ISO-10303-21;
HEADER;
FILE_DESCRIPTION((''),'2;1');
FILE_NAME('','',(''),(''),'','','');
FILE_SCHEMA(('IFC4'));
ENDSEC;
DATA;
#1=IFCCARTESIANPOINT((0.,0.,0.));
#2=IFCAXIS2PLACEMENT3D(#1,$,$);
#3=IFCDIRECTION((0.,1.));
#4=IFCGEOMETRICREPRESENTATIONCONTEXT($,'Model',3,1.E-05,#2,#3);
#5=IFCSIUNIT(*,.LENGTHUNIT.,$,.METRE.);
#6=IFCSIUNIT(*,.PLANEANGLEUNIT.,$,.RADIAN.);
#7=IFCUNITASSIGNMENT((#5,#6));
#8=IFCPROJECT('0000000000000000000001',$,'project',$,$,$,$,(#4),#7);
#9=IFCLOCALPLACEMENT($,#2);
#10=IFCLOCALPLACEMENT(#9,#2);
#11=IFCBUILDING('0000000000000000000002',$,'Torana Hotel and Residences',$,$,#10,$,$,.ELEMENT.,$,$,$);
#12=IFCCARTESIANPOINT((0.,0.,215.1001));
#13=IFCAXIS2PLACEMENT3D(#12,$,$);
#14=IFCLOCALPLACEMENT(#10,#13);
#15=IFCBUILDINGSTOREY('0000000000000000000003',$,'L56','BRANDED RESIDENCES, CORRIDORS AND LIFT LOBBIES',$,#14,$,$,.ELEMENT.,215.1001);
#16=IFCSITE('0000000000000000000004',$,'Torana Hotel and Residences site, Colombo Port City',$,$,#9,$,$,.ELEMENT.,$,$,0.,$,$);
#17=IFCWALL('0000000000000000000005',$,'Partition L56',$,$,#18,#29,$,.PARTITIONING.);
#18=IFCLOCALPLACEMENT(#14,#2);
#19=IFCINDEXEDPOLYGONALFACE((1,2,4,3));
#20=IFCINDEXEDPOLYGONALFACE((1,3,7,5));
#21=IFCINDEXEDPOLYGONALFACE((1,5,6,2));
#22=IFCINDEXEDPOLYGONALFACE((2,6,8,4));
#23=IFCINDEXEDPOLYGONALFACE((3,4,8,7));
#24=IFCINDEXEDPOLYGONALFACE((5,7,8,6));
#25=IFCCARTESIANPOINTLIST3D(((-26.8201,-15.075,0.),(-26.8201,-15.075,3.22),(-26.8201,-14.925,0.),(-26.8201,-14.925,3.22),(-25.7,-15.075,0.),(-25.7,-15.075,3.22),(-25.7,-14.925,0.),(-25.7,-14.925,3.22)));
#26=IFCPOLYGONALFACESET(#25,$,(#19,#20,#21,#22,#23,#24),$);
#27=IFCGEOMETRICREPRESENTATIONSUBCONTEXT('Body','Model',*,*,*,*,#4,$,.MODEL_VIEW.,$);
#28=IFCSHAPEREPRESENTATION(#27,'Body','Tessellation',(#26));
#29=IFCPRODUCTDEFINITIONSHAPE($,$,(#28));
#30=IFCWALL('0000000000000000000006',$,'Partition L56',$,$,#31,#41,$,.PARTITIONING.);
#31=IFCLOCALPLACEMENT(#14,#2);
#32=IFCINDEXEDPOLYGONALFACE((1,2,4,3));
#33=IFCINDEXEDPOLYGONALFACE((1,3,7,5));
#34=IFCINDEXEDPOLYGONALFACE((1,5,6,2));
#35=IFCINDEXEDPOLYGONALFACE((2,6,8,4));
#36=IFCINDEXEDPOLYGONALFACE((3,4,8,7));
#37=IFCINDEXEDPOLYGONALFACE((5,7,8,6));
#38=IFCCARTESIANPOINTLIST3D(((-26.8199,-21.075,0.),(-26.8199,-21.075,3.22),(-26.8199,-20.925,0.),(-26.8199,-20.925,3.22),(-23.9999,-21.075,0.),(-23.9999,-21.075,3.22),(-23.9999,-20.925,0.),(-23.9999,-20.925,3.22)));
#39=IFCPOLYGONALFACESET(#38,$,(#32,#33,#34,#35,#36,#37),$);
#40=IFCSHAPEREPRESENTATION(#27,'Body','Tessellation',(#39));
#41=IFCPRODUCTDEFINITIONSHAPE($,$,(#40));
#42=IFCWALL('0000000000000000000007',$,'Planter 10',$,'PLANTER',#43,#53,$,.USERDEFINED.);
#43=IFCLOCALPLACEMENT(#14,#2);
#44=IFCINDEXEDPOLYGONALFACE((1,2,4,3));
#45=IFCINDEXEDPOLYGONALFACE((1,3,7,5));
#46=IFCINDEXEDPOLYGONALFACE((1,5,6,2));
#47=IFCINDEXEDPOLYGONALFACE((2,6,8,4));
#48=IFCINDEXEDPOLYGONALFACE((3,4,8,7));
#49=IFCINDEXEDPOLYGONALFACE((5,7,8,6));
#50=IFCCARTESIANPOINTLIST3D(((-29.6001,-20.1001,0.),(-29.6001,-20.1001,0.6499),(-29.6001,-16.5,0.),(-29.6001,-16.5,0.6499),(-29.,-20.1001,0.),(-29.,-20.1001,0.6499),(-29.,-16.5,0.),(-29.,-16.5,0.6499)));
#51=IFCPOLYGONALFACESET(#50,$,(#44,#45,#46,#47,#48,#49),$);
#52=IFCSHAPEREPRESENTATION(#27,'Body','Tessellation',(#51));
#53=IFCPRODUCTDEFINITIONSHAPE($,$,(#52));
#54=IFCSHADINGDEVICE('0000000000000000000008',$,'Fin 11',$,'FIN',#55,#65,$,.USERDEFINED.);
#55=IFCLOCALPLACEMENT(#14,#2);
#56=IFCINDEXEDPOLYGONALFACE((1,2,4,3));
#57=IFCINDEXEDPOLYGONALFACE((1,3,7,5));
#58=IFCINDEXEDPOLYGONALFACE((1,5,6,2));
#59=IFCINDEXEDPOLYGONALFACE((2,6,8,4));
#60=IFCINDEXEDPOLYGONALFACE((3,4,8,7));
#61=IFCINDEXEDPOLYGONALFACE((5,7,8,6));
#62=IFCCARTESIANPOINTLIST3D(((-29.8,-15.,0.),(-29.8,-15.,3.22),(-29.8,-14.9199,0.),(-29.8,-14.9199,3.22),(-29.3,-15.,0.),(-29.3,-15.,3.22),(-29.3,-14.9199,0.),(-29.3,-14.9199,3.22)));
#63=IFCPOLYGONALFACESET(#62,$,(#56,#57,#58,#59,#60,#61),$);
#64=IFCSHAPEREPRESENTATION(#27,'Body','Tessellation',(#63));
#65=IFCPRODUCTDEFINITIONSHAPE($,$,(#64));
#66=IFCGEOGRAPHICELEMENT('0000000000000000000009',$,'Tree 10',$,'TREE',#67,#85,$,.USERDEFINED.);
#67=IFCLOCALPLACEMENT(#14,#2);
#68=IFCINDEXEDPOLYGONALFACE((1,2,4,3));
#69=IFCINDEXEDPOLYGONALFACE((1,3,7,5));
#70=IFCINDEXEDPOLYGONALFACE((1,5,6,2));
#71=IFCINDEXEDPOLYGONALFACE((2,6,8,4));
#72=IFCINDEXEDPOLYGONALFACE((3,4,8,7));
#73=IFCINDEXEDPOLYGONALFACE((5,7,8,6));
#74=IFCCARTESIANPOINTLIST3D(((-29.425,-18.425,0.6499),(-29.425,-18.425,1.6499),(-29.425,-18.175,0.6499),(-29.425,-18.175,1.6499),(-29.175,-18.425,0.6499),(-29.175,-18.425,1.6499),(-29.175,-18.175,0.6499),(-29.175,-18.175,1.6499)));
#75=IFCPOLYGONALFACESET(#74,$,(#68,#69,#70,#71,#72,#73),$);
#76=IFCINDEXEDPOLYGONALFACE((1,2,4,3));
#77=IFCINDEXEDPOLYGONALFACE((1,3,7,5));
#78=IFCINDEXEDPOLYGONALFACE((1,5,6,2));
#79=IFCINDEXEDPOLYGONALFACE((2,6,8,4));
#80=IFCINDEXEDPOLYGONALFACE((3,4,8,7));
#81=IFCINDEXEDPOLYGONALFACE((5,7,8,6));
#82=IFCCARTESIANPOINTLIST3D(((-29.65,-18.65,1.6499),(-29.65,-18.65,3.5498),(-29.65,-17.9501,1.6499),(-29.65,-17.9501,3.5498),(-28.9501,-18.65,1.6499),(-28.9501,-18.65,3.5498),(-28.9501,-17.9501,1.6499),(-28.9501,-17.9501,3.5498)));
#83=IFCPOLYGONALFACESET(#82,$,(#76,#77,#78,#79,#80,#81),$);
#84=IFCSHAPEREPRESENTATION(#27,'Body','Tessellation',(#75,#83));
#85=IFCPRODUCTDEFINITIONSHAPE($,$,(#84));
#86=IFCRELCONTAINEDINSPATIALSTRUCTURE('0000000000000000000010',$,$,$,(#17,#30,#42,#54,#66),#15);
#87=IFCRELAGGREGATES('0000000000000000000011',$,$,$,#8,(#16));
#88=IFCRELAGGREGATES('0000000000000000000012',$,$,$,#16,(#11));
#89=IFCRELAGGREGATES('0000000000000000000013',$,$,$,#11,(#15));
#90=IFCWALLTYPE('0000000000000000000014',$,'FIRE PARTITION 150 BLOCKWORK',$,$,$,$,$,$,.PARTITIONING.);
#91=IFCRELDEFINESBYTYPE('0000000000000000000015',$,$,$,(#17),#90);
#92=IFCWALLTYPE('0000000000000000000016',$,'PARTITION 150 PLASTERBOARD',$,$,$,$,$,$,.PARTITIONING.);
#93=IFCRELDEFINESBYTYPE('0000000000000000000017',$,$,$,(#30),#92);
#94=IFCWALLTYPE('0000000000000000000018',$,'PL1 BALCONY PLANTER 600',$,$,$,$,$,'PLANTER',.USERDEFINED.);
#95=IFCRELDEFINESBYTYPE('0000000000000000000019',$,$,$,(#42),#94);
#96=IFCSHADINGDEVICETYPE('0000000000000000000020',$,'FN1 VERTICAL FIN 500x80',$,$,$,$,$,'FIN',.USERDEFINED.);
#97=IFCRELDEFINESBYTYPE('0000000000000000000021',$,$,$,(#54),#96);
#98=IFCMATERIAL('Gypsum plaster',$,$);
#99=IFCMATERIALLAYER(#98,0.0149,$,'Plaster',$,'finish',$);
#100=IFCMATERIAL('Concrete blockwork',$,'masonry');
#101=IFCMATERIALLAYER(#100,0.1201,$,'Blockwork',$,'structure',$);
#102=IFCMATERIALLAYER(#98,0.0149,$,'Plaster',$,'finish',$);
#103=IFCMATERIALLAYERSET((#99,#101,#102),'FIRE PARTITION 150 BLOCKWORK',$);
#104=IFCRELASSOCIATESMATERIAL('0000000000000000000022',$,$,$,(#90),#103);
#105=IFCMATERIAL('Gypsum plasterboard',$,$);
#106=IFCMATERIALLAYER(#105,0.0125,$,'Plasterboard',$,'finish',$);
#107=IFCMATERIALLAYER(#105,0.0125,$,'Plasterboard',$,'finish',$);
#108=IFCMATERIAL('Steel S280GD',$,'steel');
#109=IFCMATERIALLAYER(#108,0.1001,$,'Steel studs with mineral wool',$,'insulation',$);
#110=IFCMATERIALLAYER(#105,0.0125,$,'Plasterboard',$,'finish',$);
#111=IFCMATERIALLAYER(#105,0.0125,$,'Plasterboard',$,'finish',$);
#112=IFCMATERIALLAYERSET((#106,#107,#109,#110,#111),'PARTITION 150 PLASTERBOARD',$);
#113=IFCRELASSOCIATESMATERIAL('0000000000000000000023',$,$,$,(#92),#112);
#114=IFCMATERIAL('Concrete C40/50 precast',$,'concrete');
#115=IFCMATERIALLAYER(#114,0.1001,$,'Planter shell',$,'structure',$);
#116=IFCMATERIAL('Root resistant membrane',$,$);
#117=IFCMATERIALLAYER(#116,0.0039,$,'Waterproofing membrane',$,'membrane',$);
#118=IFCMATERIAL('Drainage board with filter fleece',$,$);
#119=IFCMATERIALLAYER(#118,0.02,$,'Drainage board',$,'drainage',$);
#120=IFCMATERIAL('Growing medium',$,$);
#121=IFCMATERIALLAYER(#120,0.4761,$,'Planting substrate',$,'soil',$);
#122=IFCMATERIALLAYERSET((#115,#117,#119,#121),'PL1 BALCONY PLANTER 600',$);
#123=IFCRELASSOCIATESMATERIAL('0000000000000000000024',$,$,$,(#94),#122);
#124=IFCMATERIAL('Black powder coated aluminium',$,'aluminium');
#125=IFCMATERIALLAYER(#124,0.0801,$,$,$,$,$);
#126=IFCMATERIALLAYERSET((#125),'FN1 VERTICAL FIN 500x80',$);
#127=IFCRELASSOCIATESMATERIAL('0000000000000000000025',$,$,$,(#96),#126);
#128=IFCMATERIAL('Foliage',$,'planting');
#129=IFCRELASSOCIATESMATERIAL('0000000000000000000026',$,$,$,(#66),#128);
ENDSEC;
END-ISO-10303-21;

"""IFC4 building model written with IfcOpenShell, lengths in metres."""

from ifc_helpers import new_model, si_unit, direction, frame, frame_2d, origin, origin_2d, place, context, subcontext, project, spatial, rectangle, extrude, material, layer, layer_set, type_object, element, save


model = new_model("IFC4")

# Units and contexts
model_context = context("Model", 3, precision=1e-05, world=origin(), true_north=direction((0.0, 1.0)))
body_context = subcontext(model_context, "Body", "Model", "MODEL_VIEW")
ifc_project = project(units=[si_unit("LENGTHUNIT", "METRE"), si_unit("PLANEANGLEUNIT", "RADIAN")], contexts=[model_context])

# Site, building, storey
site_placement = place(None, origin())
site = spatial("IfcSite", under=ifc_project, at=site_placement, Name="Torana Hotel and Residences site, Colombo Port City", CompositionType="ELEMENT", RefElevation=0.0)
building_placement = place(site_placement, origin())
building = spatial("IfcBuilding", under=site, at=building_placement, Name="Torana Hotel and Residences", CompositionType="ELEMENT")
storey_placement = place(building_placement, frame((0.0, 0.0, 215.1001)))
storey = spatial("IfcBuildingStorey", under=building, at=storey_placement, Name="L56", Description="BRANDED RESIDENCES, CORRIDORS AND LIFT LOBBIES", CompositionType="ELEMENT", Elevation=215.1001)

# Shared definitions
ifc_material_1 = material(Name="Gypsum plaster")
ifc_layer_1 = layer(ifc_material_1, 0.0149, Name="Plaster", Category="finish")
ifc_material_2 = material(Name="Concrete blockwork", Category="masonry")
ifc_layer_2 = layer(ifc_material_2, 0.1201, Name="Blockwork", Category="structure")
ifc_layer_3 = layer(ifc_material_1, 0.0149, Name="Plaster", Category="finish")
ifc_layer_set_1 = layer_set([ifc_layer_1, ifc_layer_2, ifc_layer_3], Name="FIRE PARTITION 150 BLOCKWORK")
wall_type_1 = type_object("IfcWallType", Name="FIRE PARTITION 150 BLOCKWORK", PredefinedType="PARTITIONING", material=ifc_layer_set_1)

# Walls
wall_1_placement = place(storey_placement, frame((-26.8201, -15.0, 0.0), z_axis=(0.0, 0.0, 1.0), x_axis=(1.0, 0.0, 0.0)))
element("IfcWall", 1, at=wall_1_placement, inside=storey, type_object=wall_type_1, Name="Partition L56", PredefinedType="PARTITIONING", context=body_context, shape_type="SweptSolid", body=[
    extrude(rectangle(XDim=1.1201, YDim=0.1499, at=frame_2d((0.5601, 0.0))), origin(), (0.0, 0.0, 1.0), 3.22),
])
ifc_material_3 = material(Name="Gypsum plasterboard")
ifc_layer_4 = layer(ifc_material_3, 0.0125, Name="Plasterboard", Category="finish")
ifc_layer_5 = layer(ifc_material_3, 0.0125, Name="Plasterboard", Category="finish")
ifc_material_4 = material(Name="Steel S280GD", Category="steel")
ifc_layer_6 = layer(ifc_material_4, 0.1001, Name="Steel studs with mineral wool", Category="insulation")
ifc_layer_7 = layer(ifc_material_3, 0.0125, Name="Plasterboard", Category="finish")
ifc_layer_8 = layer(ifc_material_3, 0.0125, Name="Plasterboard", Category="finish")
ifc_layer_set_2 = layer_set([ifc_layer_4, ifc_layer_5, ifc_layer_6, ifc_layer_7, ifc_layer_8], Name="PARTITION 150 PLASTERBOARD")
wall_type_2 = type_object("IfcWallType", Name="PARTITION 150 PLASTERBOARD", PredefinedType="PARTITIONING", material=ifc_layer_set_2)
wall_2_placement = place(storey_placement, frame((-26.8201, -21.0, 0.0), z_axis=(0.0, 0.0, 1.0), x_axis=(1.0, 0.0, 0.0)))
element("IfcWall", 2, at=wall_2_placement, inside=storey, type_object=wall_type_2, Name="Partition L56", PredefinedType="PARTITIONING", context=body_context, shape_type="SweptSolid", body=[
    extrude(rectangle(XDim=2.8201, YDim=0.1499, at=frame_2d((1.4102, 0.0))), origin(), (0.0, 0.0, 1.0), 3.22),
])
ifc_material_5 = material(Name="Concrete C40/50 precast", Category="concrete")
ifc_layer_9 = layer(ifc_material_5, 0.1001, Name="Planter shell", Category="structure")
ifc_material_6 = material(Name="Root resistant membrane")
ifc_layer_10 = layer(ifc_material_6, 0.0039, Name="Waterproofing membrane", Category="membrane")
ifc_material_7 = material(Name="Drainage board with filter fleece")
ifc_layer_11 = layer(ifc_material_7, 0.02, Name="Drainage board", Category="drainage")
ifc_material_8 = material(Name="Growing medium")
ifc_layer_12 = layer(ifc_material_8, 0.4761, Name="Planting substrate", Category="soil")
ifc_layer_set_3 = layer_set([ifc_layer_9, ifc_layer_10, ifc_layer_11, ifc_layer_12], Name="PL1 BALCONY PLANTER 600")
wall_type_3 = type_object("IfcWallType", Name="PL1 BALCONY PLANTER 600", ElementType="PLANTER", PredefinedType="USERDEFINED", material=ifc_layer_set_3)
wall_3_placement = place(storey_placement, frame((-29.3, -20.1001, 0.0), z_axis=(0.0, 0.0, 1.0), x_axis=(0.0, 1.0, 0.0)))
element("IfcWall", 3, at=wall_3_placement, inside=storey, type_object=wall_type_3, Name="Planter 10", ObjectType="PLANTER", PredefinedType="USERDEFINED", context=body_context, shape_type="SweptSolid", body=[
    extrude(rectangle(XDim=3.6001, YDim=0.6001, at=frame_2d((1.8, 0.0))), origin(), (0.0, 0.0, 1.0), 0.6499),
])

# Shading device
ifc_material_9 = material(Name="Black powder coated aluminium", Category="aluminium")
ifc_layer_13 = layer(ifc_material_9, 0.0801)
ifc_layer_set_4 = layer_set([ifc_layer_13], Name="FN1 VERTICAL FIN 500x80")
shading_device_type = type_object("IfcShadingDeviceType", Name="FN1 VERTICAL FIN 500x80", ElementType="FIN", PredefinedType="USERDEFINED", material=ifc_layer_set_4)
shading_device_placement = place(storey_placement, frame((-29.55, -14.96, 0.0), z_axis=(0.0, 0.0, 1.0), x_axis=(0.0, 1.0, 0.0)))
element("IfcShadingDevice", 4, at=shading_device_placement, inside=storey, type_object=shading_device_type, Name="Fin 11", ObjectType="FIN", PredefinedType="USERDEFINED", context=body_context, shape_type="SweptSolid", body=[
    extrude(rectangle(XDim=0.0801, YDim=0.5, at=origin_2d()), origin(), (0.0, 0.0, 1.0), 3.22),
])

# Geographic element
ifc_material_10 = material(Name="Foliage", Category="planting")
geographic_element_placement = place(storey_placement, frame((-29.3, -18.3, 0.6499), z_axis=(0.0, 0.0, 1.0), x_axis=(1.0, 0.0, 0.0)))
element("IfcGeographicElement", 5, at=geographic_element_placement, inside=storey, material=ifc_material_10, Name="Tree 10", ObjectType="TREE", PredefinedType="USERDEFINED", context=body_context, shape_type="SweptSolid", body=[
    extrude(rectangle(XDim=0.25, YDim=0.25, at=origin_2d()), origin(), (0.0, 0.0, 1.0), 1.0),
    extrude(rectangle(XDim=0.7, YDim=0.7, at=origin_2d()), frame((0.0, 0.0, 1.0)), (0.0, 0.0, 1.0), 1.8999),
])

save(model, "model.ifc")
